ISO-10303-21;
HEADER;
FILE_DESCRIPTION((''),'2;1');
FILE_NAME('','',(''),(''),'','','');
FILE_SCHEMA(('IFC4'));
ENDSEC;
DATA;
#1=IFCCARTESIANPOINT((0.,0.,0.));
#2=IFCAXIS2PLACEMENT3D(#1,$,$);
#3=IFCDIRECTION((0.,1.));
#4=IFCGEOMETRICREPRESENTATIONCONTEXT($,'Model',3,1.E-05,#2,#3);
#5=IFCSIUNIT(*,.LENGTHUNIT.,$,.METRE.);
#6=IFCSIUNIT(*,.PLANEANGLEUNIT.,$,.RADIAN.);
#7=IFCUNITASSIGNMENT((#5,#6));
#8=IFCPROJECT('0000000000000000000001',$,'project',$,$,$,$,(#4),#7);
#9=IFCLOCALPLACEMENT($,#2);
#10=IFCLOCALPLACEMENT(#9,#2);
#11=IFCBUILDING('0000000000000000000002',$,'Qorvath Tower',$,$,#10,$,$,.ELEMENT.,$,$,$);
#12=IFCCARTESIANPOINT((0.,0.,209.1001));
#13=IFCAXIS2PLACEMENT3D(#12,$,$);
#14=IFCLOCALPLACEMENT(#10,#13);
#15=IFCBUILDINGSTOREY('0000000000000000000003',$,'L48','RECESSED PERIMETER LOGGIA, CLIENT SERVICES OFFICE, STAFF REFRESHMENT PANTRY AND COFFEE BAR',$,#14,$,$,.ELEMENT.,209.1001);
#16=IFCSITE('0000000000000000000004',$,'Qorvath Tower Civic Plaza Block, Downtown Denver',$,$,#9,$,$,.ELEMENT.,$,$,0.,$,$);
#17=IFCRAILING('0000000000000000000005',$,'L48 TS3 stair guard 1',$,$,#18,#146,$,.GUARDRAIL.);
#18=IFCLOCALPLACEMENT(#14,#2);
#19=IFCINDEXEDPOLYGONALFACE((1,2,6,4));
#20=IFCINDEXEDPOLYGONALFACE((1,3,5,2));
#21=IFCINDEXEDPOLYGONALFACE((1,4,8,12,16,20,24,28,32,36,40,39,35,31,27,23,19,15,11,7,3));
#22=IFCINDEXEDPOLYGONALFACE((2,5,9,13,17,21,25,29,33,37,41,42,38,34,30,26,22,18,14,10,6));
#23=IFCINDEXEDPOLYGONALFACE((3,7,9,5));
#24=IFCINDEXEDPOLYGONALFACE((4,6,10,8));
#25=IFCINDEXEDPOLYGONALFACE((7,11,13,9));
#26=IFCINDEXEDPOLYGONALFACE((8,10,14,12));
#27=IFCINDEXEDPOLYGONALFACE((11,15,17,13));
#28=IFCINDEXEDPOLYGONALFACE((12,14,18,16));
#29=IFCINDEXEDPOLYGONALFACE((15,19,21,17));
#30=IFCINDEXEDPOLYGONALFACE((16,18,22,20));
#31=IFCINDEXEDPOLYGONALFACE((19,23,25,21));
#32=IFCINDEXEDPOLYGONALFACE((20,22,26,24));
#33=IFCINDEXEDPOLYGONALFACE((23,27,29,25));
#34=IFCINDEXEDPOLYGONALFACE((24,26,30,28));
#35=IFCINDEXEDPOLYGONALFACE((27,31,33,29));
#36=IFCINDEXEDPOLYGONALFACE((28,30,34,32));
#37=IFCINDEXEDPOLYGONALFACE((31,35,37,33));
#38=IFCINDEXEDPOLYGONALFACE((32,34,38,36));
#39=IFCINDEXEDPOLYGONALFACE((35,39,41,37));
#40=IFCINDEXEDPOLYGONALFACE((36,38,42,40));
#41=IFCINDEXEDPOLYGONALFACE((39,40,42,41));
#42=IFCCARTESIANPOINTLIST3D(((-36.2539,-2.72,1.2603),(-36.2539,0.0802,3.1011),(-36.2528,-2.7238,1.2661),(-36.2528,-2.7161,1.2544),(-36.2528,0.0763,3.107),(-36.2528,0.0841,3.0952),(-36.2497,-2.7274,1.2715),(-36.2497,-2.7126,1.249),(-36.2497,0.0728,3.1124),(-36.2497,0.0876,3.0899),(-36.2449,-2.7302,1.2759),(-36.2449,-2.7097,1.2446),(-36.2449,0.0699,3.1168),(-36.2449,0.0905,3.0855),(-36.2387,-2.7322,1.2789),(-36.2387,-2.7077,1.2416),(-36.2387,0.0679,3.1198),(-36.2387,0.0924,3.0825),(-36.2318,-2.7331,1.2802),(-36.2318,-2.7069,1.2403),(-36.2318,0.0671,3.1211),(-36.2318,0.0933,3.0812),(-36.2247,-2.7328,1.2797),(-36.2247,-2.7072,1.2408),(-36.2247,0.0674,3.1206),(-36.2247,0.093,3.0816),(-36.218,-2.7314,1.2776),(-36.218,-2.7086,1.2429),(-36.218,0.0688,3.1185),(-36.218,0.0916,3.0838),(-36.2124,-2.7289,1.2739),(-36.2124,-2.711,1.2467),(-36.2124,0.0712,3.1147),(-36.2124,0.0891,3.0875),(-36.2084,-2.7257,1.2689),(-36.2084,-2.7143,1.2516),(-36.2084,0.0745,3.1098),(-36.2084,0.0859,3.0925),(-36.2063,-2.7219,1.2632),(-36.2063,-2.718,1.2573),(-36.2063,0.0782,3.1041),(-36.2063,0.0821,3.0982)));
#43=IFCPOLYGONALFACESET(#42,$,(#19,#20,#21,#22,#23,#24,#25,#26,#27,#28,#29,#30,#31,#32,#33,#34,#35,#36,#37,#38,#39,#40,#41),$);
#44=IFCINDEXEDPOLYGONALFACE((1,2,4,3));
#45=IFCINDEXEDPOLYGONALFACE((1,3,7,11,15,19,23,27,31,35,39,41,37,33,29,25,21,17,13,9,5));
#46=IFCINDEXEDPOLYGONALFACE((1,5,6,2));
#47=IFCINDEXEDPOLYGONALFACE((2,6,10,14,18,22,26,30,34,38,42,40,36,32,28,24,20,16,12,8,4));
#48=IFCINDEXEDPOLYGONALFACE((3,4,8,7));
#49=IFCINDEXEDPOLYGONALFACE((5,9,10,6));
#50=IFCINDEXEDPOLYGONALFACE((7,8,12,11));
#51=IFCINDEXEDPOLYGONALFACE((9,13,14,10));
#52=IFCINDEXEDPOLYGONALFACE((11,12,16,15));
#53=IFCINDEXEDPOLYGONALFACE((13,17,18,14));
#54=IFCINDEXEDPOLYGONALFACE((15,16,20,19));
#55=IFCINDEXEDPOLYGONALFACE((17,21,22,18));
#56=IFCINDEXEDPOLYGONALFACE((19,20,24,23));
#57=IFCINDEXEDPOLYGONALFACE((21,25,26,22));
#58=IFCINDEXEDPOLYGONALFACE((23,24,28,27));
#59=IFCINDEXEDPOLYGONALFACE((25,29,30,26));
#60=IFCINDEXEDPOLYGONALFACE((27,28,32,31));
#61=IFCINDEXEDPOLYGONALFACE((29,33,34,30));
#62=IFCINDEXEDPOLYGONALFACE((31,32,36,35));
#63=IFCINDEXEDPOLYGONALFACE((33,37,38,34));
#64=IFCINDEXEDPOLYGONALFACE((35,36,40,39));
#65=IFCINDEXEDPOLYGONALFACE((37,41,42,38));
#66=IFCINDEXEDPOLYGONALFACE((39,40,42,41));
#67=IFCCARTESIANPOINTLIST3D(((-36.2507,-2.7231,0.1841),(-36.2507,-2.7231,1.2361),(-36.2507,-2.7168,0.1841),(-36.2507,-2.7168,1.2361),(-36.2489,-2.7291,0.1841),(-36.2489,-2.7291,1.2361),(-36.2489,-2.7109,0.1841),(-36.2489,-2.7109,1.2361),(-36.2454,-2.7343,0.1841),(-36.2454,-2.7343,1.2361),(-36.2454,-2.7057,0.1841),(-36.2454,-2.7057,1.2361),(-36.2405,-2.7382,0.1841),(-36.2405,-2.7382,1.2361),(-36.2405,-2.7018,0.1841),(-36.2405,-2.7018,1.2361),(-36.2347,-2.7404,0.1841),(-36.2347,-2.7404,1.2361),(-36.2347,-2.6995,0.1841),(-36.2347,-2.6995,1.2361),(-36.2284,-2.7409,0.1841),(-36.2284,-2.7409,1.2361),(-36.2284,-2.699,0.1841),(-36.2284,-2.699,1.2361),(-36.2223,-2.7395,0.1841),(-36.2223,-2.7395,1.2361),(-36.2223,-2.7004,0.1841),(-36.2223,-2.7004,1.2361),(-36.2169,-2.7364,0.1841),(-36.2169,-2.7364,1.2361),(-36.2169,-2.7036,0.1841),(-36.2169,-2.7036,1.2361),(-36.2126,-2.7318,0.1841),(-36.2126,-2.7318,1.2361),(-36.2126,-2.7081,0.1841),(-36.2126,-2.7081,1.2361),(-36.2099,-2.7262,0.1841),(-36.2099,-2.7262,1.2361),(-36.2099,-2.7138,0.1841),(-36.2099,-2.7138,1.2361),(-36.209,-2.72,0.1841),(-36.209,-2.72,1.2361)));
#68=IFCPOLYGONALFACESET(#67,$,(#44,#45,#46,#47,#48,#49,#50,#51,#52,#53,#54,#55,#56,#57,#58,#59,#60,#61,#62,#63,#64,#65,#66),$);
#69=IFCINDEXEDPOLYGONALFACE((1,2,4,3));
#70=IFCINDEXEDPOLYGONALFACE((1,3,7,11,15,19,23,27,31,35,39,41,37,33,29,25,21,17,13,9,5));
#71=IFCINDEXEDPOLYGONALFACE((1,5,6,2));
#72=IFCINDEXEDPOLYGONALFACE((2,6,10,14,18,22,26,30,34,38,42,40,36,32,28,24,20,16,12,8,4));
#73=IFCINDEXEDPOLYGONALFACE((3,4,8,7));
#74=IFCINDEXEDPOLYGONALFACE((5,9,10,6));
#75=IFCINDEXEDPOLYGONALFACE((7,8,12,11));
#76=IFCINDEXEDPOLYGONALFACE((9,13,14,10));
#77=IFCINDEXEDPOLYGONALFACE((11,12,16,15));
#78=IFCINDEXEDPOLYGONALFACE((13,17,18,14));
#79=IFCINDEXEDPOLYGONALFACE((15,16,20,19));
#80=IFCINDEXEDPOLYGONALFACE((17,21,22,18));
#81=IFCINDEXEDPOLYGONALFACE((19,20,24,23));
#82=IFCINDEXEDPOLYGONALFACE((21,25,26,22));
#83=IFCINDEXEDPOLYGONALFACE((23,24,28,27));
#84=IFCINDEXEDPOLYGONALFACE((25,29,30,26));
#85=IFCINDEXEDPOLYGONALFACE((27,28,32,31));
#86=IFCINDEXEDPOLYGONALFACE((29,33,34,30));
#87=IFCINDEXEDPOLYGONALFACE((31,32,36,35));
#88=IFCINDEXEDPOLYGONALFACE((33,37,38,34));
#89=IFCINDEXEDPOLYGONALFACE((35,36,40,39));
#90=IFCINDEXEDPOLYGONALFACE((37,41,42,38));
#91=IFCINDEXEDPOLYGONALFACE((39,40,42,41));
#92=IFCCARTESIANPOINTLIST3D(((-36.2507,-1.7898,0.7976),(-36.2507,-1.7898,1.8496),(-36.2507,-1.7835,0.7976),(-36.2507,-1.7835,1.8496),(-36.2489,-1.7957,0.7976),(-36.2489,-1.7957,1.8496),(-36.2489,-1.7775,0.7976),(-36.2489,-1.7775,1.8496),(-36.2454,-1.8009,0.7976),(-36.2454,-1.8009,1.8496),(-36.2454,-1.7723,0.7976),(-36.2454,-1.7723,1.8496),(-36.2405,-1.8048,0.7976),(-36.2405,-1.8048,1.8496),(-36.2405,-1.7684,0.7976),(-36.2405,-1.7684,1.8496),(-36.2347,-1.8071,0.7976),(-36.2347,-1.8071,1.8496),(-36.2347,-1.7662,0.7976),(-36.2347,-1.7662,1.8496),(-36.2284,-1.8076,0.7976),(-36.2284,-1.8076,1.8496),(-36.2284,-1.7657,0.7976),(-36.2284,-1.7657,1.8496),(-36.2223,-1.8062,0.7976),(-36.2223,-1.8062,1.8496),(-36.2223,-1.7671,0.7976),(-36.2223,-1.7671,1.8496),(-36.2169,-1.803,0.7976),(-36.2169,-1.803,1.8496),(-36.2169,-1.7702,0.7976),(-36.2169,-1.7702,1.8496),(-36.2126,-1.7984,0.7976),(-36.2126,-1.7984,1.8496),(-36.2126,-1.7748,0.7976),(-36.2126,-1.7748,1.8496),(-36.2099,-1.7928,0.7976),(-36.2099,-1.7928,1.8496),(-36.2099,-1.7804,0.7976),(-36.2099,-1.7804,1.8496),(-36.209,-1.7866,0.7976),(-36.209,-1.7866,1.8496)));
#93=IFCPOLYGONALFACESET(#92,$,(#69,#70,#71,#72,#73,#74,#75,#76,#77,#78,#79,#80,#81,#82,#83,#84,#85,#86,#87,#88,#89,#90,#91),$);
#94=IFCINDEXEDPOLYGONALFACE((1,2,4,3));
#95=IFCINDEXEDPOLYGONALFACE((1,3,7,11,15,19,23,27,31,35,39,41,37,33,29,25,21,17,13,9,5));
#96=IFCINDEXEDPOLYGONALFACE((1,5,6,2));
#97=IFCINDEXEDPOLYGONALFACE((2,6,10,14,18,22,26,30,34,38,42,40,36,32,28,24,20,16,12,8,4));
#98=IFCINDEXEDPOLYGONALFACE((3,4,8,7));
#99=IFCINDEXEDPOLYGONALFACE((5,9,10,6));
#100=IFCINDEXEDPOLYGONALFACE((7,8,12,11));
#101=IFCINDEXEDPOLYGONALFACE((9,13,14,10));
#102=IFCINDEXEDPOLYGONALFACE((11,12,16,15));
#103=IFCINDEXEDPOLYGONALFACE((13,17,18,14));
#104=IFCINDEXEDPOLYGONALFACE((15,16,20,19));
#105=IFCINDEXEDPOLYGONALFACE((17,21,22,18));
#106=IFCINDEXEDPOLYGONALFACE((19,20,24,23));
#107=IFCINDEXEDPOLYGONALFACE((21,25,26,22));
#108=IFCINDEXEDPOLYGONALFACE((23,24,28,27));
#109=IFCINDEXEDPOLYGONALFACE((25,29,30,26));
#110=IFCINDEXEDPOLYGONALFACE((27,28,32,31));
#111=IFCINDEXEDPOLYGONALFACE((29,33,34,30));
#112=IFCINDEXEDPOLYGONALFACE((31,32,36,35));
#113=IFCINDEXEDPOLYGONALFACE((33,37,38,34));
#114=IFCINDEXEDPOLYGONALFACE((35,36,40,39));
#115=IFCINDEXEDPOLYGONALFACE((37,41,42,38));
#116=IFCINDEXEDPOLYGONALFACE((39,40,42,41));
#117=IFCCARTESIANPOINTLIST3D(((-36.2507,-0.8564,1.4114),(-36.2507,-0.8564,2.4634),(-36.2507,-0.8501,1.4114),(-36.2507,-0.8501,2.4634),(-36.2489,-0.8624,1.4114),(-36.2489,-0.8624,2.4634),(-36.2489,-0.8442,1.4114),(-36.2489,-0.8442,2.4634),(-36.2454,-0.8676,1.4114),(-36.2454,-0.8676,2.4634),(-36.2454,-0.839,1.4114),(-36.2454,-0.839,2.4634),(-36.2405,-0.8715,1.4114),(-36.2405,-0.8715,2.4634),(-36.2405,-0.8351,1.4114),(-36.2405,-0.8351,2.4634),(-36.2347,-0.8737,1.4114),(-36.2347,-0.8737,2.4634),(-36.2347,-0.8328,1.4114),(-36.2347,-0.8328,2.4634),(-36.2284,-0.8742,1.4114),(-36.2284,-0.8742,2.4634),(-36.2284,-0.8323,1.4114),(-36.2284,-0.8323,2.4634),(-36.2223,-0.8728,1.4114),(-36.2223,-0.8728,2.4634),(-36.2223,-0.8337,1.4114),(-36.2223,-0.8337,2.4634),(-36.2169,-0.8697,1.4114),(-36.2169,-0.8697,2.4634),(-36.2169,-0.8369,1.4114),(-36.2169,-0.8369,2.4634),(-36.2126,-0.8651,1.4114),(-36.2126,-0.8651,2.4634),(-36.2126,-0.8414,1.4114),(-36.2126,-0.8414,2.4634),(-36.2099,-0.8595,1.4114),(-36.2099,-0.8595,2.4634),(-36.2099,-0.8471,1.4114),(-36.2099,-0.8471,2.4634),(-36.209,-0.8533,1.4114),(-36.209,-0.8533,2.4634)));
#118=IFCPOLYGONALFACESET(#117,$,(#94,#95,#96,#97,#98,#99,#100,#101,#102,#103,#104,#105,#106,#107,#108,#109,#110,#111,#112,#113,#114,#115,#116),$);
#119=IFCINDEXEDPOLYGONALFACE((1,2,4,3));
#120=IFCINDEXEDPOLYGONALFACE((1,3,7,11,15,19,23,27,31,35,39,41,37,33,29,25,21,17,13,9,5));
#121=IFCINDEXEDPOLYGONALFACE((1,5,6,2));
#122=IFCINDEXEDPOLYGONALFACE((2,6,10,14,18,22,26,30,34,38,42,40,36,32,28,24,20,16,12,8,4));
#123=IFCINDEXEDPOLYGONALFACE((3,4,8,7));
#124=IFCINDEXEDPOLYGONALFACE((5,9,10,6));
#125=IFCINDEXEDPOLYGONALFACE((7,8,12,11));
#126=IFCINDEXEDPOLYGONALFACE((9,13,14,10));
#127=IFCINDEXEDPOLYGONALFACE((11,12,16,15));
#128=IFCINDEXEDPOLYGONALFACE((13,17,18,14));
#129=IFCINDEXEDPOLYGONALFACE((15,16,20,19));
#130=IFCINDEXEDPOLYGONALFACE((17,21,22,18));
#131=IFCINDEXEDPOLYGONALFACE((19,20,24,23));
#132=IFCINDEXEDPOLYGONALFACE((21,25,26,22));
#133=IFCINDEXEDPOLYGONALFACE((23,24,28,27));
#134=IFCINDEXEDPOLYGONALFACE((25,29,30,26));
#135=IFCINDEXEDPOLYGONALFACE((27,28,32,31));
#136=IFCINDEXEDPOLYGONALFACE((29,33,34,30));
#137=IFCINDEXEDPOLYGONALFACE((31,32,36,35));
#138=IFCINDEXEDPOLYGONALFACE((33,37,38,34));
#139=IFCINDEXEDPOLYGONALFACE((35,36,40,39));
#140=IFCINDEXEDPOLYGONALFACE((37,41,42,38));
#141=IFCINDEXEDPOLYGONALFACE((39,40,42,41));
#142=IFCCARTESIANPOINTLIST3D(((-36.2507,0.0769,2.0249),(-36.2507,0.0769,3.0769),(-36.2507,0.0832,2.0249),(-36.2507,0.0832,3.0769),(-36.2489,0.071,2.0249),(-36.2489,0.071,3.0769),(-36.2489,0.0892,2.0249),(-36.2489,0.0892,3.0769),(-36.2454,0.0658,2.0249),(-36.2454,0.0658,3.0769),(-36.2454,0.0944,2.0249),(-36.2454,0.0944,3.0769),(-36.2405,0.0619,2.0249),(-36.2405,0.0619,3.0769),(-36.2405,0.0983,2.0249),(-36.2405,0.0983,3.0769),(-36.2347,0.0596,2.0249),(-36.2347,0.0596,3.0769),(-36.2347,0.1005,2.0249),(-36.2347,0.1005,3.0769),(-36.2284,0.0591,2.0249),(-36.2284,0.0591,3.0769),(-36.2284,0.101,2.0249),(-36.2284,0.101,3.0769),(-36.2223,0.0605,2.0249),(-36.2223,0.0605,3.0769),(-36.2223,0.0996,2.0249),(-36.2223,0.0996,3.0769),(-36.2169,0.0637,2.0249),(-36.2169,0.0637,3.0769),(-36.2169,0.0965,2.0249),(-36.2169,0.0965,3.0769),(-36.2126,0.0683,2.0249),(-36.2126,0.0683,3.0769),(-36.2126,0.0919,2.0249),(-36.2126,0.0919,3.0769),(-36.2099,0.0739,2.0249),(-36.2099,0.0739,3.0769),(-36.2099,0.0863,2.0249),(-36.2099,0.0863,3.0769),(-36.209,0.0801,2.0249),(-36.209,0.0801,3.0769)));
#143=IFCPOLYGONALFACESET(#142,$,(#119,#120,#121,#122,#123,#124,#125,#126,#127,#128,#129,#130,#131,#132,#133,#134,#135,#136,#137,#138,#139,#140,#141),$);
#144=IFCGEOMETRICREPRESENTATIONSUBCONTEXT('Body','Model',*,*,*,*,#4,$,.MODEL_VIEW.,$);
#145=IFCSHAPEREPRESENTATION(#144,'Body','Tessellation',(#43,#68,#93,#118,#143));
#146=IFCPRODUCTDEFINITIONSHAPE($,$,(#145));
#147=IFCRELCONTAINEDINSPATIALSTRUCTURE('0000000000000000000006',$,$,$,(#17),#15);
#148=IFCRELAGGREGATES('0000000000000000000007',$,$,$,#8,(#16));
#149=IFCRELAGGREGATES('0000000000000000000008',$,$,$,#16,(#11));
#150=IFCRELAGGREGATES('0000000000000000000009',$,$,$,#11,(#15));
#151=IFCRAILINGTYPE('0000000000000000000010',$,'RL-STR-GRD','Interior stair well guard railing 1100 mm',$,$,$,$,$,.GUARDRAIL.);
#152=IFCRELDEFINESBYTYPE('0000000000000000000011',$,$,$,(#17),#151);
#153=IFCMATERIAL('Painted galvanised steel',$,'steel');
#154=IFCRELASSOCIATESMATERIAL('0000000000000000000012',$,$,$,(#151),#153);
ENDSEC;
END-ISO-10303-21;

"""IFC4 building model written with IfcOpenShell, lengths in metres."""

from ifc_helpers import new_model, si_unit, direction, frame, origin, origin_2d, place, context, subcontext, project, spatial, circle, extrude, material, type_object, element, save


model = new_model("IFC4")

# Units and contexts
model_context = context("Model", 3, precision=1e-05, world=origin(), true_north=direction((0.0, 1.0)))
body_context = subcontext(model_context, "Body", "Model", "MODEL_VIEW")
ifc_project = project(units=[si_unit("LENGTHUNIT", "METRE"), si_unit("PLANEANGLEUNIT", "RADIAN")], contexts=[model_context])

# Site, building, storey
site_placement = place(None, origin())
site = spatial("IfcSite", under=ifc_project, at=site_placement, Name="Qorvath Tower Civic Plaza Block, Downtown Denver", CompositionType="ELEMENT", RefElevation=0.0)
building_placement = place(site_placement, origin())
building = spatial("IfcBuilding", under=site, at=building_placement, Name="Qorvath Tower", CompositionType="ELEMENT")
storey_placement = place(building_placement, frame((0.0, 0.0, 209.1001)))
storey = spatial("IfcBuildingStorey", under=building, at=storey_placement, Name="L48", Description="RECESSED PERIMETER LOGGIA, CLIENT SERVICES OFFICE, STAFF REFRESHMENT PANTRY AND COFFEE BAR", CompositionType="ELEMENT", Elevation=209.1001)

# Railing
ifc_material_1 = material(Name="Painted galvanised steel", Category="steel")
railing_type_1 = type_object("IfcRailingType", Name="RL-STR-GRD", Description="Interior stair well guard railing 1100 mm", PredefinedType="GUARDRAIL", material=ifc_material_1)
railing_1_placement = place(storey_placement, frame((-36.23, -2.72, 0.1841)))
element("IfcRailing", 1, at=railing_1_placement, inside=storey, type_object=railing_type_1, Name="L48 TS3 stair guard 1", PredefinedType="GUARDRAIL", context=body_context, shape_type="SweptSolid", body=[
    extrude(circle(Radius=0.0239, at=origin_2d()), frame((0.0, 0.0, 1.0762), z_axis=(0.0, 0.835598, 0.549342), x_axis=(-1.0, 0.0, 0.0)), (0.0, 0.0, 1.0), 3.3511),
    extrude(circle(Radius=0.021, at=origin_2d()), origin(), (0.0, 0.0, 1.0), 1.052),
    extrude(circle(Radius=0.021, at=origin_2d()), frame((0.0, 0.9333, 0.6135)), (0.0, 0.0, 1.0), 1.052),
    extrude(circle(Radius=0.021, at=origin_2d()), frame((0.0, 1.8667, 1.2273)), (0.0, 0.0, 1.0), 1.052),
    extrude(circle(Radius=0.021, at=origin_2d()), frame((0.0, 2.8, 1.8408)), (0.0, 0.0, 1.0), 1.052),
])

save(model, "model.ifc")
